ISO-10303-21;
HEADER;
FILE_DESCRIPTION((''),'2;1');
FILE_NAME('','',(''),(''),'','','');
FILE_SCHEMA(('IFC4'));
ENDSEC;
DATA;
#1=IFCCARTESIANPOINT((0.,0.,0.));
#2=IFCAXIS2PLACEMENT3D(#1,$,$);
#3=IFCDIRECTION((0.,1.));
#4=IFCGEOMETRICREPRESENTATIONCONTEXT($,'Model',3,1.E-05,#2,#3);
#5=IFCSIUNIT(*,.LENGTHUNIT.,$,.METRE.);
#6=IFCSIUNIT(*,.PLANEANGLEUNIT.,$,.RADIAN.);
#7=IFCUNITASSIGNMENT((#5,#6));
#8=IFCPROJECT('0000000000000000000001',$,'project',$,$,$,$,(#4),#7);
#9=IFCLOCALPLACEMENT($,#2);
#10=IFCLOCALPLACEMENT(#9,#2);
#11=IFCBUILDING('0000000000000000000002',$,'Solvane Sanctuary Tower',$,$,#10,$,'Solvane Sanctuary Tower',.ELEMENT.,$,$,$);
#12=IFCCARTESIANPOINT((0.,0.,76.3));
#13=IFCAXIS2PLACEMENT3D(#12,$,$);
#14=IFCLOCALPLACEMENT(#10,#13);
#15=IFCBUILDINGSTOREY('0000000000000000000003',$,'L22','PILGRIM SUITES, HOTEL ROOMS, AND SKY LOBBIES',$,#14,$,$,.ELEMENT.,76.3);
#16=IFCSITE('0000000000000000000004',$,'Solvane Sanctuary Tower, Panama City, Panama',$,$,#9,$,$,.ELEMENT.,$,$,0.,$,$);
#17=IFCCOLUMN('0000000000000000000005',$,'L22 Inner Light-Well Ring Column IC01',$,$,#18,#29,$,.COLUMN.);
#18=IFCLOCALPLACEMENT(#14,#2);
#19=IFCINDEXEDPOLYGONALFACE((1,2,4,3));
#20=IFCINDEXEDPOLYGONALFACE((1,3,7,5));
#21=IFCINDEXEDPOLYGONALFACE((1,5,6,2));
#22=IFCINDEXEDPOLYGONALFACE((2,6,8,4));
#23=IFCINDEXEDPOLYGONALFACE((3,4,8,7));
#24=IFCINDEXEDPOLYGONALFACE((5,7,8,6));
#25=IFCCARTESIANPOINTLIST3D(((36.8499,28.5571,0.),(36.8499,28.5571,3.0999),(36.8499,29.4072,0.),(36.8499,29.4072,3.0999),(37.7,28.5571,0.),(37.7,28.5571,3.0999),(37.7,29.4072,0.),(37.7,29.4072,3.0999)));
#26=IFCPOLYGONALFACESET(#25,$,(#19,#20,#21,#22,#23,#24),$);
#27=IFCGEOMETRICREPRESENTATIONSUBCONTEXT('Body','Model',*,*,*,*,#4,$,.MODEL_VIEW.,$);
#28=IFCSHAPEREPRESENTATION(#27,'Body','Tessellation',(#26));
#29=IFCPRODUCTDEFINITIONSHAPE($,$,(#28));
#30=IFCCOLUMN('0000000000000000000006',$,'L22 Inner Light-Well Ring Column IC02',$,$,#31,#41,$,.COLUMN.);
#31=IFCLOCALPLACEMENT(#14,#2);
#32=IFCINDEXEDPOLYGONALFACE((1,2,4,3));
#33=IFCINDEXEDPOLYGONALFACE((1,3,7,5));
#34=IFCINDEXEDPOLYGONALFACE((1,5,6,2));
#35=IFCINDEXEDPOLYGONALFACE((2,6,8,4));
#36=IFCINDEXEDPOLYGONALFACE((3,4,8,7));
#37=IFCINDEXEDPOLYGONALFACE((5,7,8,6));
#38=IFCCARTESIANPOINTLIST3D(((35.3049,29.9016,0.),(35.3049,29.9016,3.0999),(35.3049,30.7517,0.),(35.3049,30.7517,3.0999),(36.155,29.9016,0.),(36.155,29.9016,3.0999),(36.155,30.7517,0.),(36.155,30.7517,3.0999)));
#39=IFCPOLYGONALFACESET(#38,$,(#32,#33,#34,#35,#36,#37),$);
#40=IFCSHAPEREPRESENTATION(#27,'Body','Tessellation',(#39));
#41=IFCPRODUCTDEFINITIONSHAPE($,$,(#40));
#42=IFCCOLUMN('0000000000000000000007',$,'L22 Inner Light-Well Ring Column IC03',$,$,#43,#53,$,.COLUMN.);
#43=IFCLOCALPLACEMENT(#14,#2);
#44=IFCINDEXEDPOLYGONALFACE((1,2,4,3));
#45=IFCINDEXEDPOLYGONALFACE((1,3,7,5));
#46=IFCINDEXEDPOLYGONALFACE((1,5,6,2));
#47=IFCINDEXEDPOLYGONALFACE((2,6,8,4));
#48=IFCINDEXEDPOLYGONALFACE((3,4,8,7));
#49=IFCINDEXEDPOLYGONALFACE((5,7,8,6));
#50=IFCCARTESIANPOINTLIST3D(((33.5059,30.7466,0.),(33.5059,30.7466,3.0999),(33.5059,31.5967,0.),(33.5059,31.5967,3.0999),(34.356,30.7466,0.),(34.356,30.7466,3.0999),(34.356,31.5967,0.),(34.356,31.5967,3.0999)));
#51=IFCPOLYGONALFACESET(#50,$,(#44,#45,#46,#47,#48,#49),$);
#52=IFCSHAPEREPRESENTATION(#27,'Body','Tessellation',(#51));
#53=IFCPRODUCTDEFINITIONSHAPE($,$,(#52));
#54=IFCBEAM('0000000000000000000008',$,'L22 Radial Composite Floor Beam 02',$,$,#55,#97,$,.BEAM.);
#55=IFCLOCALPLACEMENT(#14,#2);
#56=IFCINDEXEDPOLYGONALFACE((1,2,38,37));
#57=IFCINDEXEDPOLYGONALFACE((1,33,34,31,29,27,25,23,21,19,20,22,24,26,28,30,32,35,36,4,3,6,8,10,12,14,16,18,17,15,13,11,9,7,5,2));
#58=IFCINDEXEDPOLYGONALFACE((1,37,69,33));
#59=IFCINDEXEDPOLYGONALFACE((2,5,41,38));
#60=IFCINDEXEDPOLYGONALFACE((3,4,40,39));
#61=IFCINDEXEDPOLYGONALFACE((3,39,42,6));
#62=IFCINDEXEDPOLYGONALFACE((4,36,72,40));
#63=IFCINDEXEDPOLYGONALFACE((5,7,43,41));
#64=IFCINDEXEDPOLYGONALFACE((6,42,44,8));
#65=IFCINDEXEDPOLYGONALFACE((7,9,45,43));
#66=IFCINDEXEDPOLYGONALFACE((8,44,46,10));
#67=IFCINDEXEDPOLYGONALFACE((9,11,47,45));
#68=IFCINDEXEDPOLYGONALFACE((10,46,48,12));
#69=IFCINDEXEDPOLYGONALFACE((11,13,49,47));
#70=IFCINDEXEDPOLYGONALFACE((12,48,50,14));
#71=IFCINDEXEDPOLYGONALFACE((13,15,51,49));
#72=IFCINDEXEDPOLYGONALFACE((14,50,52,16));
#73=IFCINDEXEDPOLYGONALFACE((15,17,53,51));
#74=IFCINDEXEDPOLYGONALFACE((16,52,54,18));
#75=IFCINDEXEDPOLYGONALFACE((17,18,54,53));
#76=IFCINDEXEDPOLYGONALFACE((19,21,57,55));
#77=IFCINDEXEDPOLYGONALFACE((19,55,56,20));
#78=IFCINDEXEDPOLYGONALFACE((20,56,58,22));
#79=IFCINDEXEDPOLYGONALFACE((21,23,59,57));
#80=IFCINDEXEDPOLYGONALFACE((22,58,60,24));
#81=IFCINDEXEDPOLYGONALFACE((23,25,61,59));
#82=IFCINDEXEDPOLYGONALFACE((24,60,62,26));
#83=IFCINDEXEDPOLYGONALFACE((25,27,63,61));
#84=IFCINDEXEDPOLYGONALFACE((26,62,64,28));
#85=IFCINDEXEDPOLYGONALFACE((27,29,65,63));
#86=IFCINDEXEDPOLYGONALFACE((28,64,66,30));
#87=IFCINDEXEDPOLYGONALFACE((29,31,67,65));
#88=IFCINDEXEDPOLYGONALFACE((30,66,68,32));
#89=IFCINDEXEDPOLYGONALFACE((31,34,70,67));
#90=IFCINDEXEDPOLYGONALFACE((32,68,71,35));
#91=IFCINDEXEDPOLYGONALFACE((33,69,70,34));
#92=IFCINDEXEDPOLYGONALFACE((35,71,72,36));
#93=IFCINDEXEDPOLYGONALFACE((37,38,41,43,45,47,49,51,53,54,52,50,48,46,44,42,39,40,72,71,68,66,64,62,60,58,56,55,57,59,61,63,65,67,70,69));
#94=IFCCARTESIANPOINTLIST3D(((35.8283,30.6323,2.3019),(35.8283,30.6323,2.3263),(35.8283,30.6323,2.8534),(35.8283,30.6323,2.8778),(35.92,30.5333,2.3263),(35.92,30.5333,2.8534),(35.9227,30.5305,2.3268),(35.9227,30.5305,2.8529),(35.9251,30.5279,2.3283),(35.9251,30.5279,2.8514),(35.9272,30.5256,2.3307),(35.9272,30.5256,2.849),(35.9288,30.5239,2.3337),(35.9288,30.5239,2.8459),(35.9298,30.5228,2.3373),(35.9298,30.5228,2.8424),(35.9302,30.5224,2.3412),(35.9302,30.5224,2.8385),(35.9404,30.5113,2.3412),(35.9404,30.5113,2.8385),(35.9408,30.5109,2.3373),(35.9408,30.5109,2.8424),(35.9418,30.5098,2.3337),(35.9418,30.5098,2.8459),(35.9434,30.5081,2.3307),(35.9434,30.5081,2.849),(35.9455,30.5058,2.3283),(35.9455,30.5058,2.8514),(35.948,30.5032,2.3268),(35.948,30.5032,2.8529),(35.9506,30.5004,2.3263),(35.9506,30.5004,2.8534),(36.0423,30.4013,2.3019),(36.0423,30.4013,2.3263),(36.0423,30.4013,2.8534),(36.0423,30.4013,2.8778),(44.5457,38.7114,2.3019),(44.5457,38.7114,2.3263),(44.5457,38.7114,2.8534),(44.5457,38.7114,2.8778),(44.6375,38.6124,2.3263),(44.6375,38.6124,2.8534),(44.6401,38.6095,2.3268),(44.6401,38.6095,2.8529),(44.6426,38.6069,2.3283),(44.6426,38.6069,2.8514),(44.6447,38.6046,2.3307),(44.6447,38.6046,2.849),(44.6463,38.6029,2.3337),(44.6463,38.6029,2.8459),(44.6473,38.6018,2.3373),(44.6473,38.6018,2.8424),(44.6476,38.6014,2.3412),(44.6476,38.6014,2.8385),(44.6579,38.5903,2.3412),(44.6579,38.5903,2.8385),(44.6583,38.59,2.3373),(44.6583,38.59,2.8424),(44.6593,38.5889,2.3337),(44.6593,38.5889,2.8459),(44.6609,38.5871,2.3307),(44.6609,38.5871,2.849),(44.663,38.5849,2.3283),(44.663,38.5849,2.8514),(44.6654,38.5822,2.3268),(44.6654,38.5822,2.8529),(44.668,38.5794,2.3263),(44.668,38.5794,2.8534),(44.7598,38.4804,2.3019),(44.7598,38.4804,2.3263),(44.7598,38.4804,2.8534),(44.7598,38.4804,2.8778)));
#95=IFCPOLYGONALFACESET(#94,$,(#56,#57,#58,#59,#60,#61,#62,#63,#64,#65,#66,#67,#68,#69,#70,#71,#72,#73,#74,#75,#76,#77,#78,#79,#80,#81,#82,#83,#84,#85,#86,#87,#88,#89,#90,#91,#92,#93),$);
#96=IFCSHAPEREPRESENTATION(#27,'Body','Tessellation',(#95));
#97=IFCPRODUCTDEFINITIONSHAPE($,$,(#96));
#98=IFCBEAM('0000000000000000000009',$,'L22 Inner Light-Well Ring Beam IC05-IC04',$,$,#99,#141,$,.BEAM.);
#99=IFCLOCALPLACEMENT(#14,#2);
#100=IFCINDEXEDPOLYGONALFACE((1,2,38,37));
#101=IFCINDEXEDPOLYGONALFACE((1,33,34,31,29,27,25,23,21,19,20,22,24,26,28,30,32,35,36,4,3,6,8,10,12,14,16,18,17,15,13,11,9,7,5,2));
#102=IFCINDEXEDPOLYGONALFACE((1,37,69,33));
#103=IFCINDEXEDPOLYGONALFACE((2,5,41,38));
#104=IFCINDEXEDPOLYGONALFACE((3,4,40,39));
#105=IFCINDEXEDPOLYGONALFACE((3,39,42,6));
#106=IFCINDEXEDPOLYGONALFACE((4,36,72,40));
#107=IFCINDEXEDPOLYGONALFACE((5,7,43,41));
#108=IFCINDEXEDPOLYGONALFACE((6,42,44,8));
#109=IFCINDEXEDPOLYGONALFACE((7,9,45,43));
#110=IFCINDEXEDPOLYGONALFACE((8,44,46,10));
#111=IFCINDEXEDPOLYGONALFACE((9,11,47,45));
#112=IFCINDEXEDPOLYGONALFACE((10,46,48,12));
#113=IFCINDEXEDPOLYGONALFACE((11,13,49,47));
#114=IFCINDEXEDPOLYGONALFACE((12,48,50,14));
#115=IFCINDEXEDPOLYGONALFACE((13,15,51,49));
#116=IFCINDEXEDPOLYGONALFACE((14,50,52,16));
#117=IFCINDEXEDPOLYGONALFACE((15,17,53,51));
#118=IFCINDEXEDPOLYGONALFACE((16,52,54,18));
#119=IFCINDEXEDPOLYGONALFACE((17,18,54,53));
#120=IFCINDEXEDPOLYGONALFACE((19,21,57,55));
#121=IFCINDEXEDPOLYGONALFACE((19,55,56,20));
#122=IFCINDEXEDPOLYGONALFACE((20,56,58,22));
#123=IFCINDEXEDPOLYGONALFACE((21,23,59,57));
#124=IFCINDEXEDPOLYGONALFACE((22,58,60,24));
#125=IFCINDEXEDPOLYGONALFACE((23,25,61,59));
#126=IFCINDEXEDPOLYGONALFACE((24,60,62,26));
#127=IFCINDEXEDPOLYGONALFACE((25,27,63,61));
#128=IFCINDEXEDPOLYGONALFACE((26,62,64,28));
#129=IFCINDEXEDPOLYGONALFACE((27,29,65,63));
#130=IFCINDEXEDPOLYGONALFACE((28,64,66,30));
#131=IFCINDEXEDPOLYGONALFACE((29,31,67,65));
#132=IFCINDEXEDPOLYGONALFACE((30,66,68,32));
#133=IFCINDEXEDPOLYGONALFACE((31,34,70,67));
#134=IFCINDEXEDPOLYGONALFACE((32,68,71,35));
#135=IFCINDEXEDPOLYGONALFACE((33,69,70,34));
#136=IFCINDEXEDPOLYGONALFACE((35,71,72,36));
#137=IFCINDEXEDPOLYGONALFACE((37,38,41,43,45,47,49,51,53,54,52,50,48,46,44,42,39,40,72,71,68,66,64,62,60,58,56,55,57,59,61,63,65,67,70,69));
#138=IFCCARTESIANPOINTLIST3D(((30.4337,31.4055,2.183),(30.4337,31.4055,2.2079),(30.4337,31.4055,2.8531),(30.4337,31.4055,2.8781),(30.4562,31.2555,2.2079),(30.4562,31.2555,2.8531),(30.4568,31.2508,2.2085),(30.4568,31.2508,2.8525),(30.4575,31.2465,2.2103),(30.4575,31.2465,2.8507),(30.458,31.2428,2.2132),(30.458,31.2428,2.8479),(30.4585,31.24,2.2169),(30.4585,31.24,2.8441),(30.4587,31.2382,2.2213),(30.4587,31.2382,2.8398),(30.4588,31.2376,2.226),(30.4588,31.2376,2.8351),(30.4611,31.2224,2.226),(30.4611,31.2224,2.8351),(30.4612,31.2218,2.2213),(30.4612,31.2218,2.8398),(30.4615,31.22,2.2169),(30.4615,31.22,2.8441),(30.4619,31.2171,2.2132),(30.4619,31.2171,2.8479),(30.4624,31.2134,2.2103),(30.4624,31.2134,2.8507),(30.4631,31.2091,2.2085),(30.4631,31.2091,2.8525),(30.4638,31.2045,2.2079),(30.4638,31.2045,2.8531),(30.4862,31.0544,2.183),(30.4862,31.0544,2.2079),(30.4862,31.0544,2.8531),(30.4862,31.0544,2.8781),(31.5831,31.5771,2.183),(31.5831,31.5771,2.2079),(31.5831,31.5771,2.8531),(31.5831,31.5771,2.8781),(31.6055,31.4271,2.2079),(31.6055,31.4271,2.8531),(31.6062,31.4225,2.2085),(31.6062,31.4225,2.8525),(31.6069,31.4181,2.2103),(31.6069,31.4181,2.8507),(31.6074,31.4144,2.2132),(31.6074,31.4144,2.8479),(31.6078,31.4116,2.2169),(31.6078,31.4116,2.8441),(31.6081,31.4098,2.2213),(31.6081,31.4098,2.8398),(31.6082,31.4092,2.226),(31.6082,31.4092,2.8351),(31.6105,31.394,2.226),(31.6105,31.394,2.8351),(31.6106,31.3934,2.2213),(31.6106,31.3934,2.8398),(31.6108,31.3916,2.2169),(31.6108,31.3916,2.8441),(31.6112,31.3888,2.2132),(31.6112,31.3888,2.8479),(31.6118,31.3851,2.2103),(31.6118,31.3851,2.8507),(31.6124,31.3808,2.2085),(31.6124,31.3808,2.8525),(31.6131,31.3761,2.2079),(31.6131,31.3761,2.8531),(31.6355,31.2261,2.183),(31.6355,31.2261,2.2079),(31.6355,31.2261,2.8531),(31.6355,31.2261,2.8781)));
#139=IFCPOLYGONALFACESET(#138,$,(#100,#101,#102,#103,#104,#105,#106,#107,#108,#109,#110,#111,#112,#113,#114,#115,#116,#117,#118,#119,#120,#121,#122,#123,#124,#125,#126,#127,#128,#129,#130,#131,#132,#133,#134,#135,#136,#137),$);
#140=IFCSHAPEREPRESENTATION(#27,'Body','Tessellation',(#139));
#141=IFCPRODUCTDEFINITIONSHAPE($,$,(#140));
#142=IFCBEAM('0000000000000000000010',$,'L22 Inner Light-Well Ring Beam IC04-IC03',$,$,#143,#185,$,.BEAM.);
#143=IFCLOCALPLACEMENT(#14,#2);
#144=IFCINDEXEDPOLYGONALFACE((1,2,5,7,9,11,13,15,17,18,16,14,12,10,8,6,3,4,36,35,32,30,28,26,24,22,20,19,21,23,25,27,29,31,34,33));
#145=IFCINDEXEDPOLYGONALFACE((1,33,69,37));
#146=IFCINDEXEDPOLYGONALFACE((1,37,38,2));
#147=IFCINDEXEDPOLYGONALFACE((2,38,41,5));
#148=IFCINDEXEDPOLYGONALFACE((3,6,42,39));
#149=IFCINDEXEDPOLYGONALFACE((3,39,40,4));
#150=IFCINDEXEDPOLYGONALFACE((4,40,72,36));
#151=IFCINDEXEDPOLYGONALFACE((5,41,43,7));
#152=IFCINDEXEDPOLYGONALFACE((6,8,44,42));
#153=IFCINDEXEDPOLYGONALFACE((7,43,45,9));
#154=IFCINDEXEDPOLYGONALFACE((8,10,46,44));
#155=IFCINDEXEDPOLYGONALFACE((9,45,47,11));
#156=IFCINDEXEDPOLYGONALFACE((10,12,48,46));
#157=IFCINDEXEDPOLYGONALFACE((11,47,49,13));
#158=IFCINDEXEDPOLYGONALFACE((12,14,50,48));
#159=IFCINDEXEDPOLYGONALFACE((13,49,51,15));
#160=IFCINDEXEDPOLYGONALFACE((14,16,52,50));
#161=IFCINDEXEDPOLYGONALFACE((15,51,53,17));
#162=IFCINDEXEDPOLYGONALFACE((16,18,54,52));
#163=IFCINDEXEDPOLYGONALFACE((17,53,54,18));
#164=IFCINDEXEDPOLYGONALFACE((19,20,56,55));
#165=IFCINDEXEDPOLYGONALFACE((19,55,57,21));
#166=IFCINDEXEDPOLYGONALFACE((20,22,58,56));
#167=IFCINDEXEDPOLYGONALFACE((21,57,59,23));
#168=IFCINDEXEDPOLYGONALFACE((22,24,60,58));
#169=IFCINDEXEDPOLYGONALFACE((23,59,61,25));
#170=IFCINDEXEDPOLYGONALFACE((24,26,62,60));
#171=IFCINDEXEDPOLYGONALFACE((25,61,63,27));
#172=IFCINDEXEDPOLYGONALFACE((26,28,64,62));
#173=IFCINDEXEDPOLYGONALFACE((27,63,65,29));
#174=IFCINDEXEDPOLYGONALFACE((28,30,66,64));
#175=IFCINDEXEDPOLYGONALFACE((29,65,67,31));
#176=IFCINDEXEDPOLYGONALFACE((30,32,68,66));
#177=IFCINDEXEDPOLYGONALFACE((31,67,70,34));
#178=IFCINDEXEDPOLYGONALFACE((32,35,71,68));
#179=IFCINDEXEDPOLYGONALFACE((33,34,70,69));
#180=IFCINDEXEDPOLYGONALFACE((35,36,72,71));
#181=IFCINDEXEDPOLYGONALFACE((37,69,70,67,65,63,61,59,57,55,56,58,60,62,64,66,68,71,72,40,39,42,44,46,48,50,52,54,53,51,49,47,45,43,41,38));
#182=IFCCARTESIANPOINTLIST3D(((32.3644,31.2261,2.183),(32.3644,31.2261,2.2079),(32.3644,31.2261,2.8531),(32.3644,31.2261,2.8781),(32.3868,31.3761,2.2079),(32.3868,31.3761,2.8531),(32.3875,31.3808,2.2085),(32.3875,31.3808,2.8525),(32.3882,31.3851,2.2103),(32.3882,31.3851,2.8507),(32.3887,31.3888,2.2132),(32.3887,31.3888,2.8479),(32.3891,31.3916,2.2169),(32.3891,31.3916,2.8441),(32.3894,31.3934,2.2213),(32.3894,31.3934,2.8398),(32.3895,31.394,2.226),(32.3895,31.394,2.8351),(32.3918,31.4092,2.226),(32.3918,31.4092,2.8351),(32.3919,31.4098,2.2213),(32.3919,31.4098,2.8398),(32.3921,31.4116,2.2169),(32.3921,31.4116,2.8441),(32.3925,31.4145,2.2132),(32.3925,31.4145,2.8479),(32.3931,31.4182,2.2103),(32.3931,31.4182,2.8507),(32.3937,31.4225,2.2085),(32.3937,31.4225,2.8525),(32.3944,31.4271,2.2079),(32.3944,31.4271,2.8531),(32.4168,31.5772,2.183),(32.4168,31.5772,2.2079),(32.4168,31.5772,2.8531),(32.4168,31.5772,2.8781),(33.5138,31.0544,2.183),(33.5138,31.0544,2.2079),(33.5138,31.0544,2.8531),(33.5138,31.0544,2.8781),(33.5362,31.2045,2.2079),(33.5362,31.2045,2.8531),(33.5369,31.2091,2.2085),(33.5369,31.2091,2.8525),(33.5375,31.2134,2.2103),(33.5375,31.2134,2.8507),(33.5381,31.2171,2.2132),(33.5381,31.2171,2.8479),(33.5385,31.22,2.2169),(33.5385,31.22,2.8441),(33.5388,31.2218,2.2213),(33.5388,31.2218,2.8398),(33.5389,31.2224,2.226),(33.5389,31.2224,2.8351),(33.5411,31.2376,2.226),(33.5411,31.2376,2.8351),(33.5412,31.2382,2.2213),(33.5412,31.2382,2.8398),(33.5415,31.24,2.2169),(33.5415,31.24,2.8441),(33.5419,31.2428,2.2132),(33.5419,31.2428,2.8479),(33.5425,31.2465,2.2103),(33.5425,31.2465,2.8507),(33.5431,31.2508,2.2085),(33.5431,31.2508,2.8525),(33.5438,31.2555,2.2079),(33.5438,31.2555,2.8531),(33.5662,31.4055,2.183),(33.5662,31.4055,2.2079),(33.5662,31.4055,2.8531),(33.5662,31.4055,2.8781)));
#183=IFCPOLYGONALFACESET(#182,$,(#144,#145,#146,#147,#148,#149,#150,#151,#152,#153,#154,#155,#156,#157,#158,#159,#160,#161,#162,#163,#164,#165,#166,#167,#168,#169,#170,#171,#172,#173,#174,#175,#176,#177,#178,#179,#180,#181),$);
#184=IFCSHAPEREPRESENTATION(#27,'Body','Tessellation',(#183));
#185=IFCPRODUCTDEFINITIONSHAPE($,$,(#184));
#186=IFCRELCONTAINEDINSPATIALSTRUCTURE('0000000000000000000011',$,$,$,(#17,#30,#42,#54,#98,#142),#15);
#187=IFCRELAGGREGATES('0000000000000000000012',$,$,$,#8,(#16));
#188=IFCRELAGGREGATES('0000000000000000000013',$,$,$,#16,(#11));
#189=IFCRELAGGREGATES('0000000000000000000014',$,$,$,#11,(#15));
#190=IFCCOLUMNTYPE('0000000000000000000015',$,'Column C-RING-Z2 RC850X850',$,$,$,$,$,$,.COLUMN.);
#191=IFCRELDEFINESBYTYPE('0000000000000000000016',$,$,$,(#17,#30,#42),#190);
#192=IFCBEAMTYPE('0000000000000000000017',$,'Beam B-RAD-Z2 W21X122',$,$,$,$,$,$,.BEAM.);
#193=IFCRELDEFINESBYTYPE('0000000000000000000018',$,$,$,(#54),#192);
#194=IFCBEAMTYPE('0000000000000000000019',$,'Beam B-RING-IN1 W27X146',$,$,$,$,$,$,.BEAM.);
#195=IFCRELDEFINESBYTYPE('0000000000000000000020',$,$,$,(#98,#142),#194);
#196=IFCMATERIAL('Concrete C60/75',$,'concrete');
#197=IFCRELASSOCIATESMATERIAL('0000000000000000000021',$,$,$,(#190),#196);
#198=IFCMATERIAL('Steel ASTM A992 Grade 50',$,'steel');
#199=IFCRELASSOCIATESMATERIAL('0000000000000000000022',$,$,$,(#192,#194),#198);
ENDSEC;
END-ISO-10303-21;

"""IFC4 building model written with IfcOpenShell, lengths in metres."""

from ifc_helpers import new_model, si_unit, direction, frame, origin, origin_2d, place, context, subcontext, project, spatial, rectangle, i_section, extrude, material, material_profile, profile_set, type_object, element, save


model = new_model("IFC4")

# Units and contexts
model_context = context("Model", 3, precision=1e-05, world=origin(), true_north=direction((0.0, 1.0)))
body_context = subcontext(model_context, "Body", "Model", "MODEL_VIEW")
ifc_project = project(units=[si_unit("LENGTHUNIT", "METRE"), si_unit("PLANEANGLEUNIT", "RADIAN")], contexts=[model_context])

# Site, building, storey
site_placement = place(None, origin())
site = spatial("IfcSite", under=ifc_project, at=site_placement, Name="Solvane Sanctuary Tower, Panama City, Panama", CompositionType="ELEMENT", RefElevation=0.0)
building_placement = place(site_placement, origin())
building = spatial("IfcBuilding", under=site, at=building_placement, Name="Solvane Sanctuary Tower", LongName="Solvane Sanctuary Tower", CompositionType="ELEMENT")
storey_placement = place(building_placement, frame((0.0, 0.0, 76.3)))
storey = spatial("IfcBuildingStorey", under=building, at=storey_placement, Name="L22", Description="PILGRIM SUITES, HOTEL ROOMS, AND SKY LOBBIES", CompositionType="ELEMENT", Elevation=76.3)

# Columns
ifc_material_1 = material(Name="Concrete C60/75", Category="concrete")
ifc_material_profile_1 = material_profile(ifc_material_1, rectangle(XDim=0.8501, YDim=0.8501, at=origin_2d()), Name="RC850X850")
ifc_profile_set_1 = profile_set([ifc_material_profile_1], Name="Concrete C60/75")
column_type = type_object("IfcColumnType", Name="Column C-RING-Z2 RC850X850", PredefinedType="COLUMN", material=ifc_profile_set_1)
for number, where, z_axis, x_axis, name in (
    (1, (37.2749, 28.9822, 0.0), (0.0, 0.0, 1.0), (1.0, 0.0, 0.0), "L22 Inner Light-Well Ring Column IC01"),
    (2, (35.73, 30.3267, 0.0), (0.0, 0.0, 1.0), (1.0, 0.0, 0.0), "L22 Inner Light-Well Ring Column IC02"),
    (3, (33.9309, 31.1716, 0.0), (0.0, 0.0, 1.0), (1.0, 0.0, 0.0), "L22 Inner Light-Well Ring Column IC03"),
):
    element("IfcColumn", number, at=place(storey_placement, frame(where, z_axis=z_axis, x_axis=x_axis)), inside=storey, type_object=column_type, Name=name, PredefinedType="COLUMN", context=body_context, shape_type="SweptSolid", body=[
        extrude(rectangle(XDim=0.8501, YDim=0.8501, at=origin_2d()), origin(), (0.0, 0.0, 1.0), 3.0999),
    ])

# Beams
ifc_material_2 = material(Name="Steel ASTM A992 Grade 50", Category="steel")
ifc_material_profile_2 = material_profile(ifc_material_2, i_section(OverallWidth=0.3149, OverallDepth=0.5759, WebThickness=0.0151, FlangeThickness=0.0244, FilletRadius=0.0149, at=origin_2d()), Name="W21X122")
ifc_profile_set_2 = profile_set([ifc_material_profile_2], Name="Steel ASTM A992 Grade 50")
beam_type_1 = type_object("IfcBeamType", Name="Beam B-RAD-Z2 W21X122", PredefinedType="BEAM", material=ifc_profile_set_2)
beam_1_placement = place(storey_placement, frame((35.9353, 30.5168, 2.5898), z_axis=(0.733454, 0.679739, 0.0), x_axis=(-0.679739, 0.733454, 0.0)))
element("IfcBeam", 4, at=beam_1_placement, inside=storey, type_object=beam_type_1, Name="L22 Radial Composite Floor Beam 02", PredefinedType="BEAM", context=body_context, shape_type="SweptSolid", body=[
    extrude(i_section(OverallWidth=0.3149, OverallDepth=0.5759, WebThickness=0.0151, FlangeThickness=0.0244, FilletRadius=0.0149, at=origin_2d()), origin(), (0.0, 0.0, 1.0), 11.8855),
])
ifc_material_profile_3 = material_profile(ifc_material_2, i_section(OverallWidth=0.355, OverallDepth=0.6951, WebThickness=0.0154, FlangeThickness=0.0249, FilletRadius=0.0181, at=origin_2d()), Name="W27X146")
ifc_profile_set_3 = profile_set([ifc_material_profile_3], Name="Steel ASTM A992 Grade 50")
beam_type_2 = type_object("IfcBeamType", Name="Beam B-RING-IN1 W27X146", PredefinedType="BEAM", material=ifc_profile_set_3)
for number, where, z_axis, x_axis, name in (
    (5, (30.46, 31.23, 2.5305), (0.989035, 0.147683, 0.0), (-0.147683, 0.989035, 0.0), "L22 Inner Light-Well Ring Beam IC05-IC04"),
    (6, (32.3906, 31.4016, 2.5305), (0.989035, -0.147683, 0.0), (0.147683, 0.989035, 0.0), "L22 Inner Light-Well Ring Beam IC04-IC03"),
):
    element("IfcBeam", number, at=place(storey_placement, frame(where, z_axis=z_axis, x_axis=x_axis)), inside=storey, type_object=beam_type_2, Name=name, PredefinedType="BEAM", context=body_context, shape_type="SweptSolid", body=[
        extrude(i_section(OverallWidth=0.355, OverallDepth=0.6951, WebThickness=0.0154, FlangeThickness=0.0249, FilletRadius=0.0181, at=origin_2d()), origin(), (0.0, 0.0, 1.0), 1.1621),
    ])

save(model, "model.ifc")
